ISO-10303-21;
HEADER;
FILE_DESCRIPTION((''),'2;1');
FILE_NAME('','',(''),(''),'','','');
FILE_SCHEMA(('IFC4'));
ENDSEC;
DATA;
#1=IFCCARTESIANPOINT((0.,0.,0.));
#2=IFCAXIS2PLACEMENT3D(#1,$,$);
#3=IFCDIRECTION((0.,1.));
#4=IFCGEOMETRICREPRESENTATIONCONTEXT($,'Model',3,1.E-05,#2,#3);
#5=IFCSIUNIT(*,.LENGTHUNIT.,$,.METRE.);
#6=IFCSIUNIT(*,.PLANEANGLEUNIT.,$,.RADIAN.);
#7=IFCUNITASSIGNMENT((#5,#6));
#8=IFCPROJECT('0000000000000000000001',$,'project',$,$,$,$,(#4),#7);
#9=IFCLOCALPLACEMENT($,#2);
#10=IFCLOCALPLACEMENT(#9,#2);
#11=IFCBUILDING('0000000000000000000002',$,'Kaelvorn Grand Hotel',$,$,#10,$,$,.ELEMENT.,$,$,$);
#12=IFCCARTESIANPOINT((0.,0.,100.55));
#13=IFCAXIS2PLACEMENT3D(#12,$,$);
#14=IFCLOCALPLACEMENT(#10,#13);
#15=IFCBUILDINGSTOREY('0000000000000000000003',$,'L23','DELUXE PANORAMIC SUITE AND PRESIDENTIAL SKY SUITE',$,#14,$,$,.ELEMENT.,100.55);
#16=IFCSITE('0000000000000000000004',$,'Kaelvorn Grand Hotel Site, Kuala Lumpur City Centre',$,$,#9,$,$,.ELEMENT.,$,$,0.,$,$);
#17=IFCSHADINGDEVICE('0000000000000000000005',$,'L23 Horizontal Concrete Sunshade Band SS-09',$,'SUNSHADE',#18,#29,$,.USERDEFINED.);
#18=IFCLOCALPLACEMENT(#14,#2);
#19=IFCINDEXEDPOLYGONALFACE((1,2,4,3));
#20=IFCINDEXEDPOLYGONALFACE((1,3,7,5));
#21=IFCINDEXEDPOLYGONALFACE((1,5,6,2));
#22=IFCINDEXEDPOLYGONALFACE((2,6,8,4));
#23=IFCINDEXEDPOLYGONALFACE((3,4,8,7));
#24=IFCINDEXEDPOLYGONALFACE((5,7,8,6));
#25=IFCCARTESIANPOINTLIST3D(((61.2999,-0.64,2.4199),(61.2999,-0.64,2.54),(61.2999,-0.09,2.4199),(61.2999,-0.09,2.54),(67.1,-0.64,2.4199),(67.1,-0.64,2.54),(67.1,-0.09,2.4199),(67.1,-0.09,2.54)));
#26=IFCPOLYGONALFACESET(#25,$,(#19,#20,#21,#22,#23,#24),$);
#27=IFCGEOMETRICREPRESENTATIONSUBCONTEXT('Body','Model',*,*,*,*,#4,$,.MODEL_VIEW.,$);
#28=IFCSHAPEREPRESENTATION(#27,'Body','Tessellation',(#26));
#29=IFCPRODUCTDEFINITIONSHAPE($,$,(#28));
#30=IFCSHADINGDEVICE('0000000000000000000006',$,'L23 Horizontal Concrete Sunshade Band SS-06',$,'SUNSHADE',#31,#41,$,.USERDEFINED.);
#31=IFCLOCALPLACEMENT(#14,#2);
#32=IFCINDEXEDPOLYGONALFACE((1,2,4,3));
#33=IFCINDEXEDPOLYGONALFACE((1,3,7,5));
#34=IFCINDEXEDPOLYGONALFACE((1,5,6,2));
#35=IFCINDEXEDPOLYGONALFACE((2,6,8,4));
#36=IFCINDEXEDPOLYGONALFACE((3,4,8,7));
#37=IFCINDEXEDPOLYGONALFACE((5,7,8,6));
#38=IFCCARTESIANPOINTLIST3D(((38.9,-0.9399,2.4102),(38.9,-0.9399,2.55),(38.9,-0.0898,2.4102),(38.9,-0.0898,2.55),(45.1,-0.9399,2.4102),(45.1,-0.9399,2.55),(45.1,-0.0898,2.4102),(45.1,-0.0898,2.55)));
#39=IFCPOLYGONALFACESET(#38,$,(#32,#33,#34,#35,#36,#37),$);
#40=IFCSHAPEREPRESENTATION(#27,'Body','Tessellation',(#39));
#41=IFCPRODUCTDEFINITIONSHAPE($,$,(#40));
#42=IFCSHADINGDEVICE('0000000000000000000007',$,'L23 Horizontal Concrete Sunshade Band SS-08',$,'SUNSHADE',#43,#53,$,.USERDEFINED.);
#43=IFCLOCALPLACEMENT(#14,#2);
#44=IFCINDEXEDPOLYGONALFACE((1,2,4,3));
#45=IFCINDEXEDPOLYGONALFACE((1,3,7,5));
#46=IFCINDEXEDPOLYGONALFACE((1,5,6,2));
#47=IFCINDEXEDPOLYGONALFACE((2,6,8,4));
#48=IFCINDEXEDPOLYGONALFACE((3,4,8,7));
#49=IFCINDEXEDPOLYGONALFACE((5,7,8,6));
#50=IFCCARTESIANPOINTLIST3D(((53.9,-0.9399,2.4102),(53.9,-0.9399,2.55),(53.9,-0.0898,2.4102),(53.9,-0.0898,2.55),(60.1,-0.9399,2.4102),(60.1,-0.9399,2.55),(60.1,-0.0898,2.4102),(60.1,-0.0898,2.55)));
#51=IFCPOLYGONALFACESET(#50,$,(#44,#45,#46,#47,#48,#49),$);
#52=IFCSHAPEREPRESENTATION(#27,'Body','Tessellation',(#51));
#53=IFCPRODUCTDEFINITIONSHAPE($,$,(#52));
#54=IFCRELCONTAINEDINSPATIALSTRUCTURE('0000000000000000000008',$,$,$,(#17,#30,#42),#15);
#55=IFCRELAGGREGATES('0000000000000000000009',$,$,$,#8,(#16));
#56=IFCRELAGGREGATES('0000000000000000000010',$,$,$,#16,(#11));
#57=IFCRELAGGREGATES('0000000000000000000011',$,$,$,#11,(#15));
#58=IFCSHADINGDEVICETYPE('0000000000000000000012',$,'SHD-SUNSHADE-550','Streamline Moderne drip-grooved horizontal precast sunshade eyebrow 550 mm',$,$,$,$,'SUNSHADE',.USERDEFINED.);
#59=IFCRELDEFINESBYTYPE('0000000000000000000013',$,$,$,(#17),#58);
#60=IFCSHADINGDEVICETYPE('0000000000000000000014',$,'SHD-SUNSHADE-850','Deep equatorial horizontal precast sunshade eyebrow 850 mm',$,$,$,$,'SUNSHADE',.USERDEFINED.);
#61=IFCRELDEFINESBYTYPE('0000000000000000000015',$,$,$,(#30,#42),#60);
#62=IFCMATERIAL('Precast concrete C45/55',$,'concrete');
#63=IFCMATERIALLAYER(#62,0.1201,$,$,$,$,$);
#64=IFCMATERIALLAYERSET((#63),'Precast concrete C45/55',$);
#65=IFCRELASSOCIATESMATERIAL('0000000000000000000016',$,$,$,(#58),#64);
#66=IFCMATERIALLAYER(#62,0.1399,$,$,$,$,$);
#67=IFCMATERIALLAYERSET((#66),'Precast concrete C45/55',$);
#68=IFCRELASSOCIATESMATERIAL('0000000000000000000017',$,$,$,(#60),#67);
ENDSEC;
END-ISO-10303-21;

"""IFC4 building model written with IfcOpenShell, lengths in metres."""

from ifc_helpers import new_model, si_unit, direction, frame, origin, origin_2d, place, context, subcontext, project, spatial, rectangle, extrude, material, layer, layer_set, type_object, element, save


model = new_model("IFC4")

# Units and contexts
model_context = context("Model", 3, precision=1e-05, world=origin(), true_north=direction((0.0, 1.0)))
body_context = subcontext(model_context, "Body", "Model", "MODEL_VIEW")
ifc_project = project(units=[si_unit("LENGTHUNIT", "METRE"), si_unit("PLANEANGLEUNIT", "RADIAN")], contexts=[model_context])

# Site, building, storey
site_placement = place(None, origin())
site = spatial("IfcSite", under=ifc_project, at=site_placement, Name="Kaelvorn Grand Hotel Site, Kuala Lumpur City Centre", CompositionType="ELEMENT", RefElevation=0.0)
building_placement = place(site_placement, origin())
building = spatial("IfcBuilding", under=site, at=building_placement, Name="Kaelvorn Grand Hotel", CompositionType="ELEMENT")
storey_placement = place(building_placement, frame((0.0, 0.0, 100.55)))
storey = spatial("IfcBuildingStorey", under=building, at=storey_placement, Name="L23", Description="DELUXE PANORAMIC SUITE AND PRESIDENTIAL SKY SUITE", CompositionType="ELEMENT", Elevation=100.55)

# Shading devices
ifc_material_1 = material(Name="Precast concrete C45/55", Category="concrete")
ifc_layer_1 = layer(ifc_material_1, 0.1201)
ifc_layer_set_1 = layer_set([ifc_layer_1], Name="Precast concrete C45/55")
shading_device_type_1 = type_object("IfcShadingDeviceType", Name="SHD-SUNSHADE-550", Description="Streamline Moderne drip-grooved horizontal precast sunshade eyebrow 550 mm", ElementType="SUNSHADE", PredefinedType="USERDEFINED", material=ifc_layer_set_1)
for number, where, z_axis, x_axis, name in (
    (1, (64.2, -0.365, 2.4199), (0.0, 0.0, 1.0), (1.0, 0.0, 0.0), "L23 Horizontal Concrete Sunshade Band SS-09"),
):
    element("IfcShadingDevice", number, at=place(storey_placement, frame(where, z_axis=z_axis, x_axis=x_axis)), inside=storey, type_object=shading_device_type_1, Name=name, ObjectType="SUNSHADE", PredefinedType="USERDEFINED", context=body_context, shape_type="SweptSolid", body=[
        extrude(rectangle(XDim=5.8, YDim=0.55, at=origin_2d()), origin(), (0.0, 0.0, 1.0), 0.1201),
    ])
ifc_layer_2 = layer(ifc_material_1, 0.1399)
ifc_layer_set_2 = layer_set([ifc_layer_2], Name="Precast concrete C45/55")
shading_device_type_2 = type_object("IfcShadingDeviceType", Name="SHD-SUNSHADE-850", Description="Deep equatorial horizontal precast sunshade eyebrow 850 mm", ElementType="SUNSHADE", PredefinedType="USERDEFINED", material=ifc_layer_set_2)
for number, where, z_axis, x_axis, name in (
    (2, (42.0, -0.5149, 2.4102), (0.0, 0.0, 1.0), (1.0, 0.0, 0.0), "L23 Horizontal Concrete Sunshade Band SS-06"),
    (3, (57.0, -0.5149, 2.4102), (0.0, 0.0, 1.0), (1.0, 0.0, 0.0), "L23 Horizontal Concrete Sunshade Band SS-08"),
):
    element("IfcShadingDevice", number, at=place(storey_placement, frame(where, z_axis=z_axis, x_axis=x_axis)), inside=storey, type_object=shading_device_type_2, Name=name, ObjectType="SUNSHADE", PredefinedType="USERDEFINED", context=body_context, shape_type="SweptSolid", body=[
        extrude(rectangle(XDim=6.2, YDim=0.8501, at=origin_2d()), origin(), (0.0, 0.0, 1.0), 0.1399),
    ])

save(model, "model.ifc")
